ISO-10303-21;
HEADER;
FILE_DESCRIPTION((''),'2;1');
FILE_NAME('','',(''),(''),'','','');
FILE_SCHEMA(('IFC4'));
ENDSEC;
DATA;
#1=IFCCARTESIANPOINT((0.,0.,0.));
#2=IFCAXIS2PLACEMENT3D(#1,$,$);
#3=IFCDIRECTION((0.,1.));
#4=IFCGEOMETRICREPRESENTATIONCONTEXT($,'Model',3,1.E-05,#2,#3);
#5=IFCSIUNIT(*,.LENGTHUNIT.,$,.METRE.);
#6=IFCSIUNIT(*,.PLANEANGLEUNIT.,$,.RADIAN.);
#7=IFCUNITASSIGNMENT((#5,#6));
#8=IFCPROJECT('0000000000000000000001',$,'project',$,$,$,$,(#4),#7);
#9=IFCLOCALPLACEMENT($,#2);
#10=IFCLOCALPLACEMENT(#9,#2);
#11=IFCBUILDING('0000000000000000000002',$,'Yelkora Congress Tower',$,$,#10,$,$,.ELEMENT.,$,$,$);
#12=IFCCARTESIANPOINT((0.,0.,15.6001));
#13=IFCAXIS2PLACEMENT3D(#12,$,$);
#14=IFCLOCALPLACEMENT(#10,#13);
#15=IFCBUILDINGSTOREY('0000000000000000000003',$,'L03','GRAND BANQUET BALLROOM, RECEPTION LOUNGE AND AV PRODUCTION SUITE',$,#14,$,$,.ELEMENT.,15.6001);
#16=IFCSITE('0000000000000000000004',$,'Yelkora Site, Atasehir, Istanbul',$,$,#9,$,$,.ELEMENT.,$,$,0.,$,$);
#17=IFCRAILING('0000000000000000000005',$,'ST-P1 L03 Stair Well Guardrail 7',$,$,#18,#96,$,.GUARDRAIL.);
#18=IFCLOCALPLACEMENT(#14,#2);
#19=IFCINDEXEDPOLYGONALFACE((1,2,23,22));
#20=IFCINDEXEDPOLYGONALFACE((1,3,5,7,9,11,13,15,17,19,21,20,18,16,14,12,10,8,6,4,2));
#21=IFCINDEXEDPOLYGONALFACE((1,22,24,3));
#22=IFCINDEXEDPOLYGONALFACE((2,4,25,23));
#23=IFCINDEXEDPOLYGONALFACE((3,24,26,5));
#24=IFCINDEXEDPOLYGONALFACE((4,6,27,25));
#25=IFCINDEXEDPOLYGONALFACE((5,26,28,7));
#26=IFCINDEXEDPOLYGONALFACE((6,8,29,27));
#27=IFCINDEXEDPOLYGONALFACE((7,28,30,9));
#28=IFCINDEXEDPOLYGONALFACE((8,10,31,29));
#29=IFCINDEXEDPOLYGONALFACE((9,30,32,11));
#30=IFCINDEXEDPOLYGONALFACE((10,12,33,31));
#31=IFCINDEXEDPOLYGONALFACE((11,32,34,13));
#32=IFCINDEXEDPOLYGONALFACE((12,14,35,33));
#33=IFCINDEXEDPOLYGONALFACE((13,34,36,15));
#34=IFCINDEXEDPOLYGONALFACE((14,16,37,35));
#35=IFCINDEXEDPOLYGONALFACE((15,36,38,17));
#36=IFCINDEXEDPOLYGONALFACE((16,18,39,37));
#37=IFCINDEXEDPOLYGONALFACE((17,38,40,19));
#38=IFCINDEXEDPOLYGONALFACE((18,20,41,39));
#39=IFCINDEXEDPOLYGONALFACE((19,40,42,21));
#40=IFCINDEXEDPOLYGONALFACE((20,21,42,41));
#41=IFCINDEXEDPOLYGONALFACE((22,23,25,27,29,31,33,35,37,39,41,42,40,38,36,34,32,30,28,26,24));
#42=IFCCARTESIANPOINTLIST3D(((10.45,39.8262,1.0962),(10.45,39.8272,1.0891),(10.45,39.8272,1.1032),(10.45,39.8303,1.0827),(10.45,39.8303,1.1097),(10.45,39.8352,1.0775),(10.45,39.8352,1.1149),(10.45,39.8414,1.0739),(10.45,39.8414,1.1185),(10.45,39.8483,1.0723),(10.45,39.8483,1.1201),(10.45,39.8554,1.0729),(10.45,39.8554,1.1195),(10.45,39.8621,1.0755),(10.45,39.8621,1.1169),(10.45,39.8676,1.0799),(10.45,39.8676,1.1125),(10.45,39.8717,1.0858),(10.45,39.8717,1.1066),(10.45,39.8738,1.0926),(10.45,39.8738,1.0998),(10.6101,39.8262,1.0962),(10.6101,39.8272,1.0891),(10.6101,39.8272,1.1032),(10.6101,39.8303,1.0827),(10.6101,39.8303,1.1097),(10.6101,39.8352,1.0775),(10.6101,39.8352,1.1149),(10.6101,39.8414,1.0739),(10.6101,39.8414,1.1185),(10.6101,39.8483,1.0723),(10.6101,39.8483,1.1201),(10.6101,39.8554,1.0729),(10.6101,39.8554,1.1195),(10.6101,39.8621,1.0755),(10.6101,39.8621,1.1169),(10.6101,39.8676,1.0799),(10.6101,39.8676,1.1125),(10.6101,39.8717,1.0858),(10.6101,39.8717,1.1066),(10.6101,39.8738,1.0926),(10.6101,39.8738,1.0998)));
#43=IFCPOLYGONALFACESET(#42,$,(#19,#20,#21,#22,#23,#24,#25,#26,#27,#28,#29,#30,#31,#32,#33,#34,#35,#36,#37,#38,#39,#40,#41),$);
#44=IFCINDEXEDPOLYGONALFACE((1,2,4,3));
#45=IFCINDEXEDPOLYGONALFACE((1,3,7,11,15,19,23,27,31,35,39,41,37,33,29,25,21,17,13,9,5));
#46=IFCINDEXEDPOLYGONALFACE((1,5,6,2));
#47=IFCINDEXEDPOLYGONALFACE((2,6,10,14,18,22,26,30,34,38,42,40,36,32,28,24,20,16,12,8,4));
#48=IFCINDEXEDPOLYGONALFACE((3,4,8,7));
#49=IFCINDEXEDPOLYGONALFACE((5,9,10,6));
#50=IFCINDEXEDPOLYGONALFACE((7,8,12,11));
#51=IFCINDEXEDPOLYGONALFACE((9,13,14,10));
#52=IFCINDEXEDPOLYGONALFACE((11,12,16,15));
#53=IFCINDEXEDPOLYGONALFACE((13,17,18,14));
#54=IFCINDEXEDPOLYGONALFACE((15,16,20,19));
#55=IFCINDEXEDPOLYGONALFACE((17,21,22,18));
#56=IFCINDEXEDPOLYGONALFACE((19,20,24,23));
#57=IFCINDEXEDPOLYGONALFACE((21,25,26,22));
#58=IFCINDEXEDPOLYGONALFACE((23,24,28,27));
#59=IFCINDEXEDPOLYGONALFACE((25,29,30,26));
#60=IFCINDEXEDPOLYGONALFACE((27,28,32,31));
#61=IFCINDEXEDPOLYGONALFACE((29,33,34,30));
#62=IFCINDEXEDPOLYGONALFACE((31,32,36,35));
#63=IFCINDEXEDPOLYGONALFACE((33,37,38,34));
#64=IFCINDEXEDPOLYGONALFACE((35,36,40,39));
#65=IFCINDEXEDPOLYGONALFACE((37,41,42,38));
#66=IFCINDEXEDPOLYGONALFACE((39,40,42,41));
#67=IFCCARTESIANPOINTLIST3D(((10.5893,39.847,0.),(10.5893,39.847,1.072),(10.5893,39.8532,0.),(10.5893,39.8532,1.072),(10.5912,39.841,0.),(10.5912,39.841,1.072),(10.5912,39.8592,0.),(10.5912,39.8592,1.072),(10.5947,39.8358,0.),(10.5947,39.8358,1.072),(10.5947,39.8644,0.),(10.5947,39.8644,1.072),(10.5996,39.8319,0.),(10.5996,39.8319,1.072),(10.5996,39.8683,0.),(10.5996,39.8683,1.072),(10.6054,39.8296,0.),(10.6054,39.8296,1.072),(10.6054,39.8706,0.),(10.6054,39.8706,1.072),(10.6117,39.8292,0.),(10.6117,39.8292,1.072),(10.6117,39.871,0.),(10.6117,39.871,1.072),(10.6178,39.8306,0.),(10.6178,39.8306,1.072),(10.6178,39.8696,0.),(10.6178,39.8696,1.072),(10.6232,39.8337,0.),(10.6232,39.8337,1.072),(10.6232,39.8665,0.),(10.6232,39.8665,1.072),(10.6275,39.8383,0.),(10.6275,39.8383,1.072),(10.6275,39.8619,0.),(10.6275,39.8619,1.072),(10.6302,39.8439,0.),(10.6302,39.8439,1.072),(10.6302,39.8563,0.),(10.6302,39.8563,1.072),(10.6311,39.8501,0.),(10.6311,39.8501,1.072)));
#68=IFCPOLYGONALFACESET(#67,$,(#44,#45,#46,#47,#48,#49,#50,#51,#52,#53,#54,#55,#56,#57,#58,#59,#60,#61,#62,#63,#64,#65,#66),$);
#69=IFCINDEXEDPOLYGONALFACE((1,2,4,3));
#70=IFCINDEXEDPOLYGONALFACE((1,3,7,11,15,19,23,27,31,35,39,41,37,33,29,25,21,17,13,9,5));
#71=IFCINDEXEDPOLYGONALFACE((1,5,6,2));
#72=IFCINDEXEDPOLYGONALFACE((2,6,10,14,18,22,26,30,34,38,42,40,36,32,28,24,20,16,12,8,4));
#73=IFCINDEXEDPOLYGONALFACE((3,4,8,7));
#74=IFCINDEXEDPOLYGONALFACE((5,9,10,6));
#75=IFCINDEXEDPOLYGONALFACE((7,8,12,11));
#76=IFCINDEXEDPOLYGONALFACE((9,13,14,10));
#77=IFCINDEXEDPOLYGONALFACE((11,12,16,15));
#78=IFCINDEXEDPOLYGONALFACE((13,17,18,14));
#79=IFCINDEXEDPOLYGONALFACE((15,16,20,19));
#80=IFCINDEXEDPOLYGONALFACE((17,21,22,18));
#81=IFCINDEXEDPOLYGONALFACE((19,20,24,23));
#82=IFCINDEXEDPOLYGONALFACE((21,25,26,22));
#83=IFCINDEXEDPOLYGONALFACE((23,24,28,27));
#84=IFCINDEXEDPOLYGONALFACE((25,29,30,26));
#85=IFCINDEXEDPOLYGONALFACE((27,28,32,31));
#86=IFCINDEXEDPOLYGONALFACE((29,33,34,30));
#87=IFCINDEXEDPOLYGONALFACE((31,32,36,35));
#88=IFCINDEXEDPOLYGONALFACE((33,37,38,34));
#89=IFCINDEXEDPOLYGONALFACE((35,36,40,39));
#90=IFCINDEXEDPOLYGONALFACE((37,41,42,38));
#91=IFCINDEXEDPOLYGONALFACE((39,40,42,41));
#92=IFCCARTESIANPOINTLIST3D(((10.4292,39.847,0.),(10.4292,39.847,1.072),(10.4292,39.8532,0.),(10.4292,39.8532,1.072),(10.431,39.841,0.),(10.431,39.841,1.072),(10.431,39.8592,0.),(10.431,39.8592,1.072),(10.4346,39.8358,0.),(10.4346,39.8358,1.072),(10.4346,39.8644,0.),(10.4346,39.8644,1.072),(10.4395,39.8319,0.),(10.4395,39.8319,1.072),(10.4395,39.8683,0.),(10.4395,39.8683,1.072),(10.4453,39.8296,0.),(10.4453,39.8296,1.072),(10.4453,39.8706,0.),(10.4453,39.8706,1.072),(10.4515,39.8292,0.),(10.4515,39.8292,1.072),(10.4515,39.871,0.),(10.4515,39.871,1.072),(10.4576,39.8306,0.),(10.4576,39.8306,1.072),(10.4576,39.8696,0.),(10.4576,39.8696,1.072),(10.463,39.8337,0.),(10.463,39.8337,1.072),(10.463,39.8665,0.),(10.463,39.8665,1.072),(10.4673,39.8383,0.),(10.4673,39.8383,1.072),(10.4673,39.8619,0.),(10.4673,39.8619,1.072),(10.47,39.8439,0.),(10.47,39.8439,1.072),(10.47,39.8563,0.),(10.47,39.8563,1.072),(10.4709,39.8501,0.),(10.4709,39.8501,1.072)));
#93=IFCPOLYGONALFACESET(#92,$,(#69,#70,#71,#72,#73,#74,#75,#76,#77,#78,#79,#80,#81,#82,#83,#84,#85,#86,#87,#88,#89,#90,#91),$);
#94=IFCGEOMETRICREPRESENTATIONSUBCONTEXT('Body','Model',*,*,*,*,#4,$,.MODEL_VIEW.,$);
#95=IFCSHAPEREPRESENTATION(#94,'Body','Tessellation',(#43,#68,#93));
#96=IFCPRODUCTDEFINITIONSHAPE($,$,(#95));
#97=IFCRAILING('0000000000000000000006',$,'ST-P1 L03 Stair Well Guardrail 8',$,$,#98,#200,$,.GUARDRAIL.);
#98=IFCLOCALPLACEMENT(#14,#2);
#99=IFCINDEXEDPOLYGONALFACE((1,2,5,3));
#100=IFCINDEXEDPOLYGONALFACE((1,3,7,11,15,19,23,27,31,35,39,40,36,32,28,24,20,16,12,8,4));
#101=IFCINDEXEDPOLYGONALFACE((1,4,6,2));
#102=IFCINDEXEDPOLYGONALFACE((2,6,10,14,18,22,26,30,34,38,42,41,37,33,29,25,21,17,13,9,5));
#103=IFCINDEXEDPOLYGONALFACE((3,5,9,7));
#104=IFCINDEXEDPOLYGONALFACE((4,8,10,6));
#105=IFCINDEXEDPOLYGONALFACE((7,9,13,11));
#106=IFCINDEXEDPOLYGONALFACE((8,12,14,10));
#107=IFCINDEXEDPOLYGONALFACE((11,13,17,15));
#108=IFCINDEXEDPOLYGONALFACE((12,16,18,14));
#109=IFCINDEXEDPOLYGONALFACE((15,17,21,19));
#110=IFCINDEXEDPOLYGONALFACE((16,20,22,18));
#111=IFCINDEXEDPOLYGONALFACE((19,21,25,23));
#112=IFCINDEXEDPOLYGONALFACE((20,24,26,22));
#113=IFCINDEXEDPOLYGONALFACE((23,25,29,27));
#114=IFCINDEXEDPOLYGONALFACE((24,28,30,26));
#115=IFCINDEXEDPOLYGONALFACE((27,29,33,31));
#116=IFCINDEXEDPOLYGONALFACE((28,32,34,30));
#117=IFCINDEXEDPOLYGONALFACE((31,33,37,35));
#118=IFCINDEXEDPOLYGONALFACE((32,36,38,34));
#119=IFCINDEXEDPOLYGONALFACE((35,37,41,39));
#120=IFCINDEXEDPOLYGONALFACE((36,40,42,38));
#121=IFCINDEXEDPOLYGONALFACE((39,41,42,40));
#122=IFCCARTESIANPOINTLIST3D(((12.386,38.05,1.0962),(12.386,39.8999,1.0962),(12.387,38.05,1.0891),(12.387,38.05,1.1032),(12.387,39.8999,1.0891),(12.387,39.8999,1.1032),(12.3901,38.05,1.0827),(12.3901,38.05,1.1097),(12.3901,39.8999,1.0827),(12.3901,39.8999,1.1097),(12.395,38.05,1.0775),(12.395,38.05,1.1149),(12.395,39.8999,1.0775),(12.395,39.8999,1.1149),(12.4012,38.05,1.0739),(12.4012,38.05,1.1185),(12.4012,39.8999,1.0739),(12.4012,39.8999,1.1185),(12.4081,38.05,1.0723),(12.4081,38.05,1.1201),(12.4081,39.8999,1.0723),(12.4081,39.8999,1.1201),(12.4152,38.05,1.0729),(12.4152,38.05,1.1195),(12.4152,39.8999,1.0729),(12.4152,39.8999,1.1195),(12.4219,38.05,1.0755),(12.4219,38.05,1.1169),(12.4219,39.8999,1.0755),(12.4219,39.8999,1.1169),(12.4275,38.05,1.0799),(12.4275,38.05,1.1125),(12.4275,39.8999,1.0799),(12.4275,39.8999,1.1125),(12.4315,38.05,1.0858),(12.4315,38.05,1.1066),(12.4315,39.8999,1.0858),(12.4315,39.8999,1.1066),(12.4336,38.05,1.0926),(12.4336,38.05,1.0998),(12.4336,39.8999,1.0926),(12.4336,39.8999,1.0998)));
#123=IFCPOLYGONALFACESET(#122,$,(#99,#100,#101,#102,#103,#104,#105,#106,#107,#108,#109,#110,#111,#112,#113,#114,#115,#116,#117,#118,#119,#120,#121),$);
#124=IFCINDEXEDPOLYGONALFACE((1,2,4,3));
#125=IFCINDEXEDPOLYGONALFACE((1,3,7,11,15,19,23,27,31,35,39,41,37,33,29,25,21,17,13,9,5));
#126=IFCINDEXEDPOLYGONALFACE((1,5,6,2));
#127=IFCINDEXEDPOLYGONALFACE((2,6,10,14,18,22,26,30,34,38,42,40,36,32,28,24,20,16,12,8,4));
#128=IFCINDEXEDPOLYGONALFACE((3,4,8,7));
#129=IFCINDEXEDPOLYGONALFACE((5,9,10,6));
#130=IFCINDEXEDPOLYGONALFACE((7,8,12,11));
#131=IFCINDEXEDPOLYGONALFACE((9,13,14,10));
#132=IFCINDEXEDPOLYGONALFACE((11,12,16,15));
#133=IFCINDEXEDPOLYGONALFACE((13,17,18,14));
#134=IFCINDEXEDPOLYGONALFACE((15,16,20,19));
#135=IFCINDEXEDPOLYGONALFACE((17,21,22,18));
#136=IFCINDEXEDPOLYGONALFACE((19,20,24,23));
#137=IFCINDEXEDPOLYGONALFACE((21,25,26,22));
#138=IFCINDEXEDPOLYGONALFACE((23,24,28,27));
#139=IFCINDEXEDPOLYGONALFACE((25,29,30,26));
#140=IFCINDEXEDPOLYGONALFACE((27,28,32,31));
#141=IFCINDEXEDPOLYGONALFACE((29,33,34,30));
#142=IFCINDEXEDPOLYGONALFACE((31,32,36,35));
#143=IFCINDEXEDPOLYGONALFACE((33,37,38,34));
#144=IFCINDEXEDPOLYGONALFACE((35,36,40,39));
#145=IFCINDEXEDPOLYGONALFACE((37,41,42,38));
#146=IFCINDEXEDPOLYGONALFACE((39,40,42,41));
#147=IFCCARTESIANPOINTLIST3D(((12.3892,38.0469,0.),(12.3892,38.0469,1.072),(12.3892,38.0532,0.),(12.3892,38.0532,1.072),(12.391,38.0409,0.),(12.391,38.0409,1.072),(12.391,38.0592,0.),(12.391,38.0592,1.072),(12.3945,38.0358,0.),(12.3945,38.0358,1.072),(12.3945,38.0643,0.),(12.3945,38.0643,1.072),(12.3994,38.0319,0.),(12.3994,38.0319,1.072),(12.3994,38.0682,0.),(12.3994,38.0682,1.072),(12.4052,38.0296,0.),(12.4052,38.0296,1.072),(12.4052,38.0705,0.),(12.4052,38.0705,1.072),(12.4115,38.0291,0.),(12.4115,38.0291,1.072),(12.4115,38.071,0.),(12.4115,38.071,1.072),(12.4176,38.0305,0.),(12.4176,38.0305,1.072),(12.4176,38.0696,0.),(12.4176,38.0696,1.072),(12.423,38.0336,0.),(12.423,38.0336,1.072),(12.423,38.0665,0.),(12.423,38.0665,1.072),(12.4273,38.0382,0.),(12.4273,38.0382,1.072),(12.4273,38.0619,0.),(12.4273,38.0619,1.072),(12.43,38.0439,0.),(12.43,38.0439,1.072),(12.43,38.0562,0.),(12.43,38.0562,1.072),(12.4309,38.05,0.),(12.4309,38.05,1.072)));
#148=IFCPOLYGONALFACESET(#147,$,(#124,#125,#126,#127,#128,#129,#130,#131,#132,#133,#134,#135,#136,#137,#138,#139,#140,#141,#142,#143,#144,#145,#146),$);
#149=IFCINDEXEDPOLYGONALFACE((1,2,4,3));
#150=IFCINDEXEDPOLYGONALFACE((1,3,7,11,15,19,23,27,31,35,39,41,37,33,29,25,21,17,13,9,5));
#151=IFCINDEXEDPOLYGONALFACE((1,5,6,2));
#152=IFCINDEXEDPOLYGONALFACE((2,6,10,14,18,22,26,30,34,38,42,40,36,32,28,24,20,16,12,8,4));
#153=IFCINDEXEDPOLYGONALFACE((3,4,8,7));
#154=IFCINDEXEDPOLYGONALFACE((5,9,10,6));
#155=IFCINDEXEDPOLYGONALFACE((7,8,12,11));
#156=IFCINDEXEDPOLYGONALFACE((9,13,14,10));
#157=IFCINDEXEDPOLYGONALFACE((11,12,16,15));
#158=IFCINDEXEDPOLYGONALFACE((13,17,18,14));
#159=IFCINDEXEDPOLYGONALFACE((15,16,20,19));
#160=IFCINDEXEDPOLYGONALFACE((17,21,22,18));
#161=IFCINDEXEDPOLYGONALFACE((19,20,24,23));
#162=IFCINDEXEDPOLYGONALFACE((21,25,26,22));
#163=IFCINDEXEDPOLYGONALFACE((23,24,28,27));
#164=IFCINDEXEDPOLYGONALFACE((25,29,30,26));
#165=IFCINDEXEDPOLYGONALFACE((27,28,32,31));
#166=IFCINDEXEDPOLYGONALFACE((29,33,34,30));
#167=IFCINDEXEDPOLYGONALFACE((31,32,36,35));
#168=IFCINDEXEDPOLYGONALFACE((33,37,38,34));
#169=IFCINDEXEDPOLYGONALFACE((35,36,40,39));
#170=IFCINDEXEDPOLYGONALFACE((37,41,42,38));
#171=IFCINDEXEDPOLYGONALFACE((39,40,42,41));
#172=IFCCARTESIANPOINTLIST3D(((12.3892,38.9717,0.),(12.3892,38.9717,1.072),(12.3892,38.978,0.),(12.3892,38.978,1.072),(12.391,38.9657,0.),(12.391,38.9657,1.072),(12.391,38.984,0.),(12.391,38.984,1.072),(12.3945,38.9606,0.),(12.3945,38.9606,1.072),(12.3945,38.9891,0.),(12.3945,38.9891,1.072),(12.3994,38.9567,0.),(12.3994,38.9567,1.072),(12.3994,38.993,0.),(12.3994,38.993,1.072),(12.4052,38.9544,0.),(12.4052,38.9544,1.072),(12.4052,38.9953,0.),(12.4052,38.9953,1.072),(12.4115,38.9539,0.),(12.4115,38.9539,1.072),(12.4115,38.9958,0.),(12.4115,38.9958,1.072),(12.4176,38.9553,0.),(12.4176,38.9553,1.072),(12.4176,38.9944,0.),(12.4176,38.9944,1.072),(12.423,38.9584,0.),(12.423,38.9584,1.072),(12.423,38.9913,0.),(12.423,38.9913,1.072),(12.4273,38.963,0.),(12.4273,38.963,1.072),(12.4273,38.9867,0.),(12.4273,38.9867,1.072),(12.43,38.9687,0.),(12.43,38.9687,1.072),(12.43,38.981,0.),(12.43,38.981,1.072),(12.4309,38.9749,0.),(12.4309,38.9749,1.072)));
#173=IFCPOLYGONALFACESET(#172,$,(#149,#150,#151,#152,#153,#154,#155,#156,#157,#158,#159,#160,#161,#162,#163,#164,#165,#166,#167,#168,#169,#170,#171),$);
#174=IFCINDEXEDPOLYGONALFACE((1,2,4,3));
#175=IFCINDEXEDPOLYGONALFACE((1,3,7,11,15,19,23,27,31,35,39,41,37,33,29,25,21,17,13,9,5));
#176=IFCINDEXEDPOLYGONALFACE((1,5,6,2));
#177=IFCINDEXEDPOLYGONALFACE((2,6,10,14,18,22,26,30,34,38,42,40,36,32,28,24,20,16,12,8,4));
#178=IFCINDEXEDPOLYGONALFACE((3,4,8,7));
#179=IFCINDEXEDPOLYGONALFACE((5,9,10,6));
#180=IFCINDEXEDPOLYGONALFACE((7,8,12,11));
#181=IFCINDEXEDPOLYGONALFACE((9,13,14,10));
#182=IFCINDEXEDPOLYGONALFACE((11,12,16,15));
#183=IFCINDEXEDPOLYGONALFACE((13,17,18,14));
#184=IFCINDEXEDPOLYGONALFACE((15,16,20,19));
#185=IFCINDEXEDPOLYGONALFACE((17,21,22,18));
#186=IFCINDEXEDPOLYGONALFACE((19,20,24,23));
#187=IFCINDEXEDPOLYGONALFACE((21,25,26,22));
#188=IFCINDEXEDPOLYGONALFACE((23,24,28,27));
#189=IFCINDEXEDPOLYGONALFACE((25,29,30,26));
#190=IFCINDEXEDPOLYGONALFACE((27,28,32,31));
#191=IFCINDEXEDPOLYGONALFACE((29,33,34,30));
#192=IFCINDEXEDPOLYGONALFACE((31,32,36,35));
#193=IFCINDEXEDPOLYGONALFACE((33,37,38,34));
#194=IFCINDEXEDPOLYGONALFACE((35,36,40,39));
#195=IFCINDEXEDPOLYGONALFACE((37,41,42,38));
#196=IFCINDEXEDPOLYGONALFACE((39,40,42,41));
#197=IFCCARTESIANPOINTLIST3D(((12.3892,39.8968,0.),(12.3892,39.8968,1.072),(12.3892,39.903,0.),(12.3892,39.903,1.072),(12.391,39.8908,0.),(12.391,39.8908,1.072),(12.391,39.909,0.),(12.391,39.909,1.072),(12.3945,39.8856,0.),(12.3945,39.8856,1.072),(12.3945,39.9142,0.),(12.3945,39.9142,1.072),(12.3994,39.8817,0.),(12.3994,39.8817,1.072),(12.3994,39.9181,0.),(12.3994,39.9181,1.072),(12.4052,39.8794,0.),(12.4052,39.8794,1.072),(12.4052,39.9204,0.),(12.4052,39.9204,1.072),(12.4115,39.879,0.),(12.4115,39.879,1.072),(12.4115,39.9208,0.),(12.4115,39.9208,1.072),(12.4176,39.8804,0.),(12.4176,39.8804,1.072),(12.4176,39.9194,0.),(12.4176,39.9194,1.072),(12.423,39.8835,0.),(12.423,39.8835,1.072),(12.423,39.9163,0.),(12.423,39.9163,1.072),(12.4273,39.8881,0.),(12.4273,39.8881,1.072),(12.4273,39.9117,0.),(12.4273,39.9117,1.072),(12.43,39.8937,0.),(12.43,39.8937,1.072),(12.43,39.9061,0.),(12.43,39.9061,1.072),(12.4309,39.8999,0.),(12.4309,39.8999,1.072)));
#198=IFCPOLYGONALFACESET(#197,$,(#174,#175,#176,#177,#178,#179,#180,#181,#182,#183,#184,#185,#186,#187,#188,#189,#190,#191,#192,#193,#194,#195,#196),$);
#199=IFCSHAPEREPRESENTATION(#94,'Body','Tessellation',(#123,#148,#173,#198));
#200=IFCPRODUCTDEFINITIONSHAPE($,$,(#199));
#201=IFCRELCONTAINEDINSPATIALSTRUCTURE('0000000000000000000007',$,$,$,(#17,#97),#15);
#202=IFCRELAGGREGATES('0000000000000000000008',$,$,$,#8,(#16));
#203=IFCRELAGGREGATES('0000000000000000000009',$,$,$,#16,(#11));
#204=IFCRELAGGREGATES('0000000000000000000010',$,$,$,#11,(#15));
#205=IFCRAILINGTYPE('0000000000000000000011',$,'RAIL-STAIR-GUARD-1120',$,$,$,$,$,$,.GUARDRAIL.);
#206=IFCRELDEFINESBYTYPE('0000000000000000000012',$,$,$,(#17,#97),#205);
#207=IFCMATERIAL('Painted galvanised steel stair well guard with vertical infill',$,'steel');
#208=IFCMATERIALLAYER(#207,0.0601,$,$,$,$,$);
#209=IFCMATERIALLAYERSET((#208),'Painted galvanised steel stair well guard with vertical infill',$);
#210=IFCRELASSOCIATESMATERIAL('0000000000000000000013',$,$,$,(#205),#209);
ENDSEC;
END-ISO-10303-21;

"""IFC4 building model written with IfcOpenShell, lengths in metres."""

from ifc_helpers import new_model, si_unit, direction, frame, origin, origin_2d, place, context, subcontext, project, spatial, circle, extrude, material, layer, layer_set, type_object, element, save


model = new_model("IFC4")

# Units and contexts
model_context = context("Model", 3, precision=1e-05, world=origin(), true_north=direction((0.0, 1.0)))
body_context = subcontext(model_context, "Body", "Model", "MODEL_VIEW")
ifc_project = project(units=[si_unit("LENGTHUNIT", "METRE"), si_unit("PLANEANGLEUNIT", "RADIAN")], contexts=[model_context])

# Site, building, storey
site_placement = place(None, origin())
site = spatial("IfcSite", under=ifc_project, at=site_placement, Name="Yelkora Site, Atasehir, Istanbul", CompositionType="ELEMENT", RefElevation=0.0)
building_placement = place(site_placement, origin())
building = spatial("IfcBuilding", under=site, at=building_placement, Name="Yelkora Congress Tower", CompositionType="ELEMENT")
storey_placement = place(building_placement, frame((0.0, 0.0, 15.6001)))
storey = spatial("IfcBuildingStorey", under=building, at=storey_placement, Name="L03", Description="GRAND BANQUET BALLROOM, RECEPTION LOUNGE AND AV PRODUCTION SUITE", CompositionType="ELEMENT", Elevation=15.6001)

# Railings
ifc_material_1 = material(Name="Painted galvanised steel stair well guard with vertical infill", Category="steel")
ifc_layer_1 = layer(ifc_material_1, 0.0601)
ifc_layer_set_1 = layer_set([ifc_layer_1], Name="Painted galvanised steel stair well guard with vertical infill")
railing_type = type_object("IfcRailingType", Name="RAIL-STAIR-GUARD-1120", PredefinedType="GUARDRAIL", material=ifc_layer_set_1)
railing_placement = place(storey_placement, frame((10.6101, 39.8501, 0.0)))
element("IfcRailing", 1, at=railing_placement, inside=storey, type_object=railing_type, Name="ST-P1 L03 Stair Well Guardrail 7", PredefinedType="GUARDRAIL", context=body_context, shape_type="SweptSolid", body=[
    extrude(circle(Radius=0.0239, at=origin_2d()), frame((0.0, 0.0, 1.0962), z_axis=(-1.0, 0.0, 0.0), x_axis=(0.0, -1.0, 0.0)), (0.0, 0.0, 1.0), 0.1602),
    extrude(circle(Radius=0.021, at=origin_2d()), origin(), (0.0, 0.0, 1.0), 1.072),
    extrude(circle(Radius=0.021, at=origin_2d()), frame((-0.1602, 0.0, 0.0)), (0.0, 0.0, 1.0), 1.072),
])
for number, where, name in (
    (2, (12.4099, 38.05, 0.0), "ST-P1 L03 Stair Well Guardrail 8"),
):
    element("IfcRailing", number, at=place(storey_placement, frame(where)), inside=storey, type_object=railing_type, Name=name, PredefinedType="GUARDRAIL", context=body_context, shape_type="SweptSolid", body=[
        extrude(circle(Radius=0.0239, at=origin_2d()), frame((0.0, 0.0, 1.0962), z_axis=(0.0, 1.0, 0.0), x_axis=(-1.0, 0.0, 0.0)), (0.0, 0.0, 1.0), 1.8499),
        extrude(circle(Radius=0.021, at=origin_2d()), origin(), (0.0, 0.0, 1.0), 1.072),
        extrude(circle(Radius=0.021, at=origin_2d()), frame((0.0, 0.9248, 0.0)), (0.0, 0.0, 1.0), 1.072),
        extrude(circle(Radius=0.021, at=origin_2d()), frame((0.0, 1.8499, 0.0)), (0.0, 0.0, 1.0), 1.072),
    ])

save(model, "model.ifc")
